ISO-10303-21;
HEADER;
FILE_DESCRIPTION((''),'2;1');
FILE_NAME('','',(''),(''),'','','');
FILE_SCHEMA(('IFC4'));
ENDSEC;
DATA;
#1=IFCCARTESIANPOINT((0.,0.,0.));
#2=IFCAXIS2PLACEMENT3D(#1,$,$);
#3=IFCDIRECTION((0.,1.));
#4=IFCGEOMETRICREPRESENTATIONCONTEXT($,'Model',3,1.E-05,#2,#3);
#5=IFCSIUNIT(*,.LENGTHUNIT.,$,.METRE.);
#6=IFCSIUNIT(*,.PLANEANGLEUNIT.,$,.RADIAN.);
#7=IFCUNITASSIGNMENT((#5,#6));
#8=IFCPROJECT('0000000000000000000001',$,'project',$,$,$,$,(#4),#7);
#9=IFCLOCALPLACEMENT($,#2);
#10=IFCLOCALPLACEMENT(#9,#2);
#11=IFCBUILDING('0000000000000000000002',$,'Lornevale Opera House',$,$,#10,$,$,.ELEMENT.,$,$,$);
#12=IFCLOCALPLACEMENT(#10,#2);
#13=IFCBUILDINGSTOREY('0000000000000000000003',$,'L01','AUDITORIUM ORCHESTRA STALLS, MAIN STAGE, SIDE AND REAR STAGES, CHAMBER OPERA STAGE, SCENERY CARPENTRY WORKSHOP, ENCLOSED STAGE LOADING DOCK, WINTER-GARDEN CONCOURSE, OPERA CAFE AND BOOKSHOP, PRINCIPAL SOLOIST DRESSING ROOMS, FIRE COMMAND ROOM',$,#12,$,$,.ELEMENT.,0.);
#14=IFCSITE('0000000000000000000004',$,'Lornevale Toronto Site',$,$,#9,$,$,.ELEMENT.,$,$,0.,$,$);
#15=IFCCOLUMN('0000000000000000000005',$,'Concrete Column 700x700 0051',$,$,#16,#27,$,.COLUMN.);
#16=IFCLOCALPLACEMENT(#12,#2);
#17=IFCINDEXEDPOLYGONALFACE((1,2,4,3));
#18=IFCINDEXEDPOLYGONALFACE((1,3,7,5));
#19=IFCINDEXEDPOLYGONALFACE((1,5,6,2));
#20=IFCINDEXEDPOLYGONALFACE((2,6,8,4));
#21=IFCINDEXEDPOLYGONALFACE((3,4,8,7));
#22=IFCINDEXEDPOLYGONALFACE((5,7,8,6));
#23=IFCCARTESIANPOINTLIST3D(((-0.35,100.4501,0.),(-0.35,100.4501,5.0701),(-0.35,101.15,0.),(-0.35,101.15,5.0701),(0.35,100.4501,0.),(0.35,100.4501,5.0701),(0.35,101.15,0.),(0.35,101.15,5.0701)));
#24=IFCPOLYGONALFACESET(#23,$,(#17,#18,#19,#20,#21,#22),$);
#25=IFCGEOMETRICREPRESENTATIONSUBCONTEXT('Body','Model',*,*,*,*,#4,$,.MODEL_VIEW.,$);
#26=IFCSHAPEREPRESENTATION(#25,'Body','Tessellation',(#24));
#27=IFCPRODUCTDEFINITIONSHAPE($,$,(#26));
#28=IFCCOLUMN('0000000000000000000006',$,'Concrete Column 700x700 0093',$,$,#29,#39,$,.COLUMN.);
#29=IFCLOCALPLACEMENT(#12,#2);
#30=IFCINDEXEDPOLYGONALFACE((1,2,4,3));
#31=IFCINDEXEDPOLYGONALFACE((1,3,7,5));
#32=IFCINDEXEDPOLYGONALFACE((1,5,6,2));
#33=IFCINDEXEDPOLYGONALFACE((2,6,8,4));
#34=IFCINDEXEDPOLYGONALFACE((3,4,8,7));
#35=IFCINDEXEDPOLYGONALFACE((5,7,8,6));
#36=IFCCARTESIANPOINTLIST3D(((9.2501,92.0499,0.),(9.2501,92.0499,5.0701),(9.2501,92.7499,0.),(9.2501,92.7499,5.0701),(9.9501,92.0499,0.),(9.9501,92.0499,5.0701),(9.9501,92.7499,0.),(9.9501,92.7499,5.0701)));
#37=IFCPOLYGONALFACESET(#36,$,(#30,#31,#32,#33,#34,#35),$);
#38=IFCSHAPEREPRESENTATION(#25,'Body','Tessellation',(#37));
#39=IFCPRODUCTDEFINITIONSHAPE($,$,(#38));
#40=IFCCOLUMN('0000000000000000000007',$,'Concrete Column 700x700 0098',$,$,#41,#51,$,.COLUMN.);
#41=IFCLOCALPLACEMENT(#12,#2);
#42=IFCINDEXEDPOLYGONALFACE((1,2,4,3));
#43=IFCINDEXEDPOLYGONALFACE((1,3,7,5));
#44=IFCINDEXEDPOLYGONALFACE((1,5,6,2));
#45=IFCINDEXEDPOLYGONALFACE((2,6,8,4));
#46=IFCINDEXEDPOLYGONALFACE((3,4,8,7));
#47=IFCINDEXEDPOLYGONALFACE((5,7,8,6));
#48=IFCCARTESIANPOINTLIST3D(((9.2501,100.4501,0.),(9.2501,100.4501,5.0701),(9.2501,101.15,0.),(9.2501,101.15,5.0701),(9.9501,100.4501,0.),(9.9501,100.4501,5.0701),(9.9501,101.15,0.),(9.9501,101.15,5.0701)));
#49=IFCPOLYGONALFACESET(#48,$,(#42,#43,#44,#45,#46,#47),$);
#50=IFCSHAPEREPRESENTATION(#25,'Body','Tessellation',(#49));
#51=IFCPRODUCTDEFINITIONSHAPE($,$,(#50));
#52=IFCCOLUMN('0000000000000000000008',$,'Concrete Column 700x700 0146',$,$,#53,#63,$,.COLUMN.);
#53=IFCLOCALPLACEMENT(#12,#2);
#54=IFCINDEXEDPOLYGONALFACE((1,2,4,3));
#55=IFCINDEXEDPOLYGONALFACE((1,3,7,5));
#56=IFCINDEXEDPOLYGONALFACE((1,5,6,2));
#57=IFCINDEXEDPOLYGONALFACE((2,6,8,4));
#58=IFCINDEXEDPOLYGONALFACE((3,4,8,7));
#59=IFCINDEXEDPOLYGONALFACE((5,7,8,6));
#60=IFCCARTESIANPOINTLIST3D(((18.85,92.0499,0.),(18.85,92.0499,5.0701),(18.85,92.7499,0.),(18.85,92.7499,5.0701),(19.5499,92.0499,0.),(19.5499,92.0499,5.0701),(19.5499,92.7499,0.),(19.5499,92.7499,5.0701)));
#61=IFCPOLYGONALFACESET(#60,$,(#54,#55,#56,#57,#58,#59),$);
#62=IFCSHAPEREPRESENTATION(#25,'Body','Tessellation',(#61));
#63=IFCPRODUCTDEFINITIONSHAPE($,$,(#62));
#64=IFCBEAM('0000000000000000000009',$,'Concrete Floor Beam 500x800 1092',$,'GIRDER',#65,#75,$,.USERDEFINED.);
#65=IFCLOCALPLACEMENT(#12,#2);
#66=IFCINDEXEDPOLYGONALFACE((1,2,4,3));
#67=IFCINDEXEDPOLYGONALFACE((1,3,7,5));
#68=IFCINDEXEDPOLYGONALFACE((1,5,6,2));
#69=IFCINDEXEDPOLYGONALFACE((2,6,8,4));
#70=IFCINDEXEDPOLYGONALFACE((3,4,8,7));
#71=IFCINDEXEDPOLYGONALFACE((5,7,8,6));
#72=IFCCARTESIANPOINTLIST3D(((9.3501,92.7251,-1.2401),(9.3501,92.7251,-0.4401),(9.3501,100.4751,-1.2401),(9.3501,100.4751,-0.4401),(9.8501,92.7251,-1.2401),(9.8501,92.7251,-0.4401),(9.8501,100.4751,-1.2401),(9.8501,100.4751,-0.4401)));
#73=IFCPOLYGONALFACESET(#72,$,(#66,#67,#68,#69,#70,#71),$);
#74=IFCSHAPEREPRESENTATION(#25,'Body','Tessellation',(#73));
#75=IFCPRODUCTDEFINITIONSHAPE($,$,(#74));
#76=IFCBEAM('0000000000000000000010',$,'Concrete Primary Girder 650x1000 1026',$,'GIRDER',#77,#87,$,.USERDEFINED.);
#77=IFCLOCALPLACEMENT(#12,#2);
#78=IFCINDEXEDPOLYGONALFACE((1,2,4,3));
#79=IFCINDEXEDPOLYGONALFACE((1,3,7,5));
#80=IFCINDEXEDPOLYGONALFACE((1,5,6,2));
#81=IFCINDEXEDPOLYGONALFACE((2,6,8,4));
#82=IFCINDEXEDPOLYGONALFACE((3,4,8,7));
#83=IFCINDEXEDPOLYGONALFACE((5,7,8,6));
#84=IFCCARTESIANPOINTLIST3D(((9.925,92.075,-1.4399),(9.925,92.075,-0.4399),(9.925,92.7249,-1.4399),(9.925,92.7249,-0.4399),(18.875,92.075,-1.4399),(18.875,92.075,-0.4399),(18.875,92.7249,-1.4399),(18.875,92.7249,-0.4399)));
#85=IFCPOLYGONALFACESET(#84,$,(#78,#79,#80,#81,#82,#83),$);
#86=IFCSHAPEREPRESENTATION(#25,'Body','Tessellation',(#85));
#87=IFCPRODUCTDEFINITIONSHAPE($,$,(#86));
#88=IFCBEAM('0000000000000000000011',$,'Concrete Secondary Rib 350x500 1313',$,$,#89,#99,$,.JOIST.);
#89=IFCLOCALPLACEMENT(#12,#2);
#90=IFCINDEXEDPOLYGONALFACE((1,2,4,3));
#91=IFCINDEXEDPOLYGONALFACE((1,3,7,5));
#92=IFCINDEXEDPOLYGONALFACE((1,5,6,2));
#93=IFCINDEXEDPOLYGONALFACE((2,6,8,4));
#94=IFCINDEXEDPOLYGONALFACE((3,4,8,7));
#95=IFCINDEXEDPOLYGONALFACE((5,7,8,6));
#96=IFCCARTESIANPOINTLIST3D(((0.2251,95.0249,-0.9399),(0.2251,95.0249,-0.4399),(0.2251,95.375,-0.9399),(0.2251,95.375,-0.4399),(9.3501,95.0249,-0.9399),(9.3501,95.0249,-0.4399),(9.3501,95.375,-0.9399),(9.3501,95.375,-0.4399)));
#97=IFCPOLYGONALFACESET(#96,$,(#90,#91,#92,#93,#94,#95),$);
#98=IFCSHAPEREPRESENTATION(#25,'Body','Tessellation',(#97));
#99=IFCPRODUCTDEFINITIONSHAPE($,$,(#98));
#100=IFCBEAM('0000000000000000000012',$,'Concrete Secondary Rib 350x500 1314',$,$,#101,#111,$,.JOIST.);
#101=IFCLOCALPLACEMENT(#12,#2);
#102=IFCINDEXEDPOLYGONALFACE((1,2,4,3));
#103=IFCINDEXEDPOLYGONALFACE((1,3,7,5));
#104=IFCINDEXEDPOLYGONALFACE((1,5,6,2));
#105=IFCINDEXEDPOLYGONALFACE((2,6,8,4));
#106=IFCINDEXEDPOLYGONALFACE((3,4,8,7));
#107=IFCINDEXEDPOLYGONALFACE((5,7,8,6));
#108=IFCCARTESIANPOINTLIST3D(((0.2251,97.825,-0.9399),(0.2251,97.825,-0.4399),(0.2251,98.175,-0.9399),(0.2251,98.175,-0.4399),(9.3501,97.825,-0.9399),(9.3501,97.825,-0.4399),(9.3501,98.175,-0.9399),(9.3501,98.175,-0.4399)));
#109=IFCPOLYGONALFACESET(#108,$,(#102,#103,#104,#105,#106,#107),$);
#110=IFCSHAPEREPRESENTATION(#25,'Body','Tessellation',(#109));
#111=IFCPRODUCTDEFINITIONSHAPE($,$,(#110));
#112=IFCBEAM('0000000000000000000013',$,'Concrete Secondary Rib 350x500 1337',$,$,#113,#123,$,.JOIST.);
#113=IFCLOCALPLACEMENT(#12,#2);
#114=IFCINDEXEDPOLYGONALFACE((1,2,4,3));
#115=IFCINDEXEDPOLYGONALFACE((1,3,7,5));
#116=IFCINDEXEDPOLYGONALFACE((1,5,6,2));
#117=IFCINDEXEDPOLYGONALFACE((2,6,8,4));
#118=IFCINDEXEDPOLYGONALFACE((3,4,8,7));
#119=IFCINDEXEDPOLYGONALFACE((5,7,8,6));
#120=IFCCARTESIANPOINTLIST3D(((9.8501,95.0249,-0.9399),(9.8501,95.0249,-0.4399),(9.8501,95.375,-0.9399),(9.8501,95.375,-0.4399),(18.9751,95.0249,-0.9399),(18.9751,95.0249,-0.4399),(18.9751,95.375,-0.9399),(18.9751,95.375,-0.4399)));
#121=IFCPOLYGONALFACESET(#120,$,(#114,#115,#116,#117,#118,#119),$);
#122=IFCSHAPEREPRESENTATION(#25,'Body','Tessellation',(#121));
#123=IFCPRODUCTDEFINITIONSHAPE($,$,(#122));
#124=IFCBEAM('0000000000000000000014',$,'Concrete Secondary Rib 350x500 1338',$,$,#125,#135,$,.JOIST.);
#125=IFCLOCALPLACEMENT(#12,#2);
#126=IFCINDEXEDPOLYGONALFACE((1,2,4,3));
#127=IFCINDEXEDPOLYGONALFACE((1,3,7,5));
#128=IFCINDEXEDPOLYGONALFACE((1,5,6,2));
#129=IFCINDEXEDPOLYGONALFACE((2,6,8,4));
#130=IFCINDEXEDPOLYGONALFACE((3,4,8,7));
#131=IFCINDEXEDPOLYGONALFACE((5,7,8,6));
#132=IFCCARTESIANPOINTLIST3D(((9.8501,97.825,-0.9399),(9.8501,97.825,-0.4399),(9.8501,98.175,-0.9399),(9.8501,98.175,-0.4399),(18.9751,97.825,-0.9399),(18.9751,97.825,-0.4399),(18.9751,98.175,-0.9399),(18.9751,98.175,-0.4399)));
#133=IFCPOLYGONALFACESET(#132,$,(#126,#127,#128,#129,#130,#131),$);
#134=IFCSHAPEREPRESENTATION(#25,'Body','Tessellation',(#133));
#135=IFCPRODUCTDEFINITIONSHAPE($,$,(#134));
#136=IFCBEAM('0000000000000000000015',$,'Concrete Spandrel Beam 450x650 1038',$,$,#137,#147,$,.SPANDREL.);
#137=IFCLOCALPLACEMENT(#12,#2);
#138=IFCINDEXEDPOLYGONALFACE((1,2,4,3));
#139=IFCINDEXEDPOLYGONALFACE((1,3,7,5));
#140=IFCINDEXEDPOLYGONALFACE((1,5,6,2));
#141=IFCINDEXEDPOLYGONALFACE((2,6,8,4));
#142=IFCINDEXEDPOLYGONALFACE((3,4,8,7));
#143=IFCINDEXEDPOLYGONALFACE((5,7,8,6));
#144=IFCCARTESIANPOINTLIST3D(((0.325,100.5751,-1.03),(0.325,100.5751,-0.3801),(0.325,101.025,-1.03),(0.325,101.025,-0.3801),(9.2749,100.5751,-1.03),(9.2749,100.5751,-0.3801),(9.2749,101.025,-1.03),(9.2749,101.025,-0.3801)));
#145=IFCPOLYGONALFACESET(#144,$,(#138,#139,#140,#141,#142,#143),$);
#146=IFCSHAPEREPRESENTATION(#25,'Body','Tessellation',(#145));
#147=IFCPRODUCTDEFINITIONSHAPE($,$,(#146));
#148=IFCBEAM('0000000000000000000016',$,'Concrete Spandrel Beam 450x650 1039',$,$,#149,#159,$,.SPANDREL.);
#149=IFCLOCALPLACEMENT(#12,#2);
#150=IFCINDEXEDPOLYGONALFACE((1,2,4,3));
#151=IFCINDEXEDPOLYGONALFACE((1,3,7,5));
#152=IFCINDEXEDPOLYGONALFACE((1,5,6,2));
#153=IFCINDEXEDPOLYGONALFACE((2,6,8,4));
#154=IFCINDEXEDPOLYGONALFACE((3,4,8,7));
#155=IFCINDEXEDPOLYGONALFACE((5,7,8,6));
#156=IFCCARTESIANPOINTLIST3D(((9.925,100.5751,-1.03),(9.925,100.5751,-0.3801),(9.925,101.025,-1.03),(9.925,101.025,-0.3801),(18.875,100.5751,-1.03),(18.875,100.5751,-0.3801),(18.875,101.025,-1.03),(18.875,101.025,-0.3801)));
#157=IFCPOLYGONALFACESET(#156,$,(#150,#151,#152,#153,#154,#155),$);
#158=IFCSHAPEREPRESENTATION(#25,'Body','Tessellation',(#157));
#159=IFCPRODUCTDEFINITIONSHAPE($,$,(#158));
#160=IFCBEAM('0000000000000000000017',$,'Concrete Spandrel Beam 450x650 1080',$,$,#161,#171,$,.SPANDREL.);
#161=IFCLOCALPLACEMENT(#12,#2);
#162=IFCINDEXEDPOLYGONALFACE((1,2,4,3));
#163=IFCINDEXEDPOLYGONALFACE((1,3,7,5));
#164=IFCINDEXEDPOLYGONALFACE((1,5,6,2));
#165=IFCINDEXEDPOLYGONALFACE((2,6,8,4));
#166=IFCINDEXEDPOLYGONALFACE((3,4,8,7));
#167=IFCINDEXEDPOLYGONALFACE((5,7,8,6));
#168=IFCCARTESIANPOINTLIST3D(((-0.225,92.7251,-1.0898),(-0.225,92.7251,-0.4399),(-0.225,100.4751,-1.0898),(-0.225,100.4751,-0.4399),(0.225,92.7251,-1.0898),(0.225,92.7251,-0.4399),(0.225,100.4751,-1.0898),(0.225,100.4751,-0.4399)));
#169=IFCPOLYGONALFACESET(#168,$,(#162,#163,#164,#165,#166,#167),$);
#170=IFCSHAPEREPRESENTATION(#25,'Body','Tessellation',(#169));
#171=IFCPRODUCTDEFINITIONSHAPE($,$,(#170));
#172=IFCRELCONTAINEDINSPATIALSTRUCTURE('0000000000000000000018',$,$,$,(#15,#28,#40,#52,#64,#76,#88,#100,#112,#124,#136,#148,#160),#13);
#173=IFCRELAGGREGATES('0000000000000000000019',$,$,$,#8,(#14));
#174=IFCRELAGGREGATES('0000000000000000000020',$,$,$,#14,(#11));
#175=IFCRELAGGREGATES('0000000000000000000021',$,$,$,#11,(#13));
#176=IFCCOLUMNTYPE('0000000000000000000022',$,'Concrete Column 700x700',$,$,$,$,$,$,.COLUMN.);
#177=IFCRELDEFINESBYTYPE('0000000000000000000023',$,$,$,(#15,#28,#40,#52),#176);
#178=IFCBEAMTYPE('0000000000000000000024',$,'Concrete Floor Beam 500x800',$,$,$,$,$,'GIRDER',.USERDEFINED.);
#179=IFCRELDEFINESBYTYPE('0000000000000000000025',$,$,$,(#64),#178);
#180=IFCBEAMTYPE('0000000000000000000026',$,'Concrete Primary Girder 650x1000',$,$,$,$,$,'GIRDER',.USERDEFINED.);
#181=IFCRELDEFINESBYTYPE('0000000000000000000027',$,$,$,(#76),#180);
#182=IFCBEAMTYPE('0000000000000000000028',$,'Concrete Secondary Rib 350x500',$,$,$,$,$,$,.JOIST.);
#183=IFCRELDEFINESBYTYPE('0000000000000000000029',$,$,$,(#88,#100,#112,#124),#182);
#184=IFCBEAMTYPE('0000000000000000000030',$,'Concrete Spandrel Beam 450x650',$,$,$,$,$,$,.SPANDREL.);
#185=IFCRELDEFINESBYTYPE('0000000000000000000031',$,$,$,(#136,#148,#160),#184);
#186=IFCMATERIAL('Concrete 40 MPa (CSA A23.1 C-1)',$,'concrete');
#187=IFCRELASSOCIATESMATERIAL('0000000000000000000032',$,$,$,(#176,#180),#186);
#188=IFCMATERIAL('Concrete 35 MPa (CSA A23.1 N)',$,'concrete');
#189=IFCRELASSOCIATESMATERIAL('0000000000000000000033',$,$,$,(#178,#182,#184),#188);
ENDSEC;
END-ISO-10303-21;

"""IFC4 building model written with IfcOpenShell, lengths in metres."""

from ifc_helpers import new_model, si_unit, direction, frame, origin, origin_2d, place, context, subcontext, project, spatial, rectangle, extrude, material, material_profile, profile_set, type_object, element, save


model = new_model("IFC4")

# Units and contexts
model_context = context("Model", 3, precision=1e-05, world=origin(), true_north=direction((0.0, 1.0)))
body_context = subcontext(model_context, "Body", "Model", "MODEL_VIEW")
ifc_project = project(units=[si_unit("LENGTHUNIT", "METRE"), si_unit("PLANEANGLEUNIT", "RADIAN")], contexts=[model_context])

# Site, building, storey
site_placement = place(None, origin())
site = spatial("IfcSite", under=ifc_project, at=site_placement, Name="Lornevale Toronto Site", CompositionType="ELEMENT", RefElevation=0.0)
building_placement = place(site_placement, origin())
building = spatial("IfcBuilding", under=site, at=building_placement, Name="Lornevale Opera House", CompositionType="ELEMENT")
storey_placement = place(building_placement, origin())
storey = spatial("IfcBuildingStorey", under=building, at=storey_placement, Name="L01", Description="AUDITORIUM ORCHESTRA STALLS, MAIN STAGE, SIDE AND REAR STAGES, CHAMBER OPERA STAGE, SCENERY CARPENTRY WORKSHOP, ENCLOSED STAGE LOADING DOCK, WINTER-GARDEN CONCOURSE, OPERA CAFE AND BOOKSHOP, PRINCIPAL SOLOIST DRESSING ROOMS, FIRE COMMAND ROOM", CompositionType="ELEMENT", Elevation=0.0)

# Columns
ifc_material_1 = material(Name="Concrete 40 MPa (CSA A23.1 C-1)", Category="concrete")
ifc_material_profile_1 = material_profile(ifc_material_1, rectangle(XDim=0.7, YDim=0.7, at=origin_2d()), Name="RC700x700")
ifc_profile_set_1 = profile_set([ifc_material_profile_1], Name="Concrete 40 MPa (CSA A23.1 C-1)")
column_type = type_object("IfcColumnType", Name="Concrete Column 700x700", PredefinedType="COLUMN", material=ifc_profile_set_1)
for number, where, z_axis, x_axis, name in (
    (1, (0.0, 100.8, 0.0), (0.0, 0.0, 1.0), (1.0, 0.0, 0.0), "Concrete Column 700x700 0051"),
    (2, (9.6001, 92.3999, 0.0), (0.0, 0.0, 1.0), (1.0, 0.0, 0.0), "Concrete Column 700x700 0093"),
    (3, (9.6001, 100.8, 0.0), (0.0, 0.0, 1.0), (1.0, 0.0, 0.0), "Concrete Column 700x700 0098"),
    (4, (19.2, 92.3999, 0.0), (0.0, 0.0, 1.0), (1.0, 0.0, 0.0), "Concrete Column 700x700 0146"),
):
    element("IfcColumn", number, at=place(storey_placement, frame(where, z_axis=z_axis, x_axis=x_axis)), inside=storey, type_object=column_type, Name=name, PredefinedType="COLUMN", context=body_context, shape_type="SweptSolid", body=[
        extrude(rectangle(XDim=0.7, YDim=0.7, at=origin_2d()), origin(), (0.0, 0.0, 1.0), 5.0701),
    ])

# Beams
ifc_material_2 = material(Name="Concrete 35 MPa (CSA A23.1 N)", Category="concrete")
ifc_material_profile_2 = material_profile(ifc_material_2, rectangle(XDim=0.5, YDim=0.8, at=origin_2d()), Name="RC500x800")
ifc_profile_set_2 = profile_set([ifc_material_profile_2], Name="Concrete 35 MPa (CSA A23.1 N)")
beam_type_1 = type_object("IfcBeamType", Name="Concrete Floor Beam 500x800", ElementType="GIRDER", PredefinedType="USERDEFINED", material=ifc_profile_set_2)
beam_1_placement = place(storey_placement, frame((9.6001, 92.7251, -0.8401), z_axis=(0.0, 1.0, 0.0), x_axis=(-1.0, 0.0, 0.0)))
element("IfcBeam", 5, at=beam_1_placement, inside=storey, type_object=beam_type_1, Name="Concrete Floor Beam 500x800 1092", ObjectType="GIRDER", PredefinedType="USERDEFINED", context=body_context, shape_type="SweptSolid", body=[
    extrude(rectangle(XDim=0.5, YDim=0.8, at=origin_2d()), origin(), (0.0, 0.0, 1.0), 7.75),
])
ifc_material_profile_3 = material_profile(ifc_material_1, rectangle(XDim=0.6499, YDim=1.0, at=origin_2d()), Name="RC650x1000")
ifc_profile_set_3 = profile_set([ifc_material_profile_3], Name="Concrete 40 MPa (CSA A23.1 C-1)")
beam_type_2 = type_object("IfcBeamType", Name="Concrete Primary Girder 650x1000", ElementType="GIRDER", PredefinedType="USERDEFINED", material=ifc_profile_set_3)
beam_2_placement = place(storey_placement, frame((9.925, 92.3999, -0.9399), z_axis=(1.0, 0.0, 0.0), x_axis=(0.0, 1.0, 0.0)))
element("IfcBeam", 6, at=beam_2_placement, inside=storey, type_object=beam_type_2, Name="Concrete Primary Girder 650x1000 1026", ObjectType="GIRDER", PredefinedType="USERDEFINED", context=body_context, shape_type="SweptSolid", body=[
    extrude(rectangle(XDim=0.6499, YDim=1.0, at=origin_2d()), origin(), (0.0, 0.0, 1.0), 8.95),
])
ifc_material_profile_4 = material_profile(ifc_material_2, rectangle(XDim=0.3501, YDim=0.5, at=origin_2d()), Name="RC350x500")
ifc_profile_set_4 = profile_set([ifc_material_profile_4], Name="Concrete 35 MPa (CSA A23.1 N)")
beam_type_3 = type_object("IfcBeamType", Name="Concrete Secondary Rib 350x500", PredefinedType="JOIST", material=ifc_profile_set_4)
for number, where, z_axis, x_axis, name in (
    (7, (0.2251, 95.2, -0.6899), (1.0, 0.0, 0.0), (0.0, 1.0, 0.0), "Concrete Secondary Rib 350x500 1313"),
    (8, (0.2251, 98.0, -0.6899), (1.0, 0.0, 0.0), (0.0, 1.0, 0.0), "Concrete Secondary Rib 350x500 1314"),
    (9, (9.8501, 95.2, -0.6899), (1.0, 0.0, 0.0), (0.0, 1.0, 0.0), "Concrete Secondary Rib 350x500 1337"),
    (10, (9.8501, 98.0, -0.6899), (1.0, 0.0, 0.0), (0.0, 1.0, 0.0), "Concrete Secondary Rib 350x500 1338"),
):
    element("IfcBeam", number, at=place(storey_placement, frame(where, z_axis=z_axis, x_axis=x_axis)), inside=storey, type_object=beam_type_3, Name=name, PredefinedType="JOIST", context=body_context, shape_type="SweptSolid", body=[
        extrude(rectangle(XDim=0.3501, YDim=0.5, at=origin_2d()), origin(), (0.0, 0.0, 1.0), 9.125),
    ])
ifc_material_profile_5 = material_profile(ifc_material_2, rectangle(XDim=0.45, YDim=0.6499, at=origin_2d()), Name="RC450x650")
ifc_profile_set_5 = profile_set([ifc_material_profile_5], Name="Concrete 35 MPa (CSA A23.1 N)")
beam_type_4 = type_object("IfcBeamType", Name="Concrete Spandrel Beam 450x650", PredefinedType="SPANDREL", material=ifc_profile_set_5)
for number, where, z_axis, x_axis, name in (
    (11, (0.325, 100.8, -0.7051), (1.0, 0.0, 0.0), (0.0, 1.0, 0.0), "Concrete Spandrel Beam 450x650 1038"),
    (12, (9.925, 100.8, -0.7051), (1.0, 0.0, 0.0), (0.0, 1.0, 0.0), "Concrete Spandrel Beam 450x650 1039"),
):
    element("IfcBeam", number, at=place(storey_placement, frame(where, z_axis=z_axis, x_axis=x_axis)), inside=storey, type_object=beam_type_4, Name=name, PredefinedType="SPANDREL", context=body_context, shape_type="SweptSolid", body=[
        extrude(rectangle(XDim=0.45, YDim=0.6499, at=origin_2d()), origin(), (0.0, 0.0, 1.0), 8.95),
    ])
beam_3_placement = place(storey_placement, frame((0.0, 92.7251, -0.7649), z_axis=(0.0, 1.0, 0.0), x_axis=(-1.0, 0.0, 0.0)))
element("IfcBeam", 13, at=beam_3_placement, inside=storey, type_object=beam_type_4, Name="Concrete Spandrel Beam 450x650 1080", PredefinedType="SPANDREL", context=body_context, shape_type="SweptSolid", body=[
    extrude(rectangle(XDim=0.45, YDim=0.6499, at=origin_2d()), origin(), (0.0, 0.0, 1.0), 7.75),
])

save(model, "model.ifc")
